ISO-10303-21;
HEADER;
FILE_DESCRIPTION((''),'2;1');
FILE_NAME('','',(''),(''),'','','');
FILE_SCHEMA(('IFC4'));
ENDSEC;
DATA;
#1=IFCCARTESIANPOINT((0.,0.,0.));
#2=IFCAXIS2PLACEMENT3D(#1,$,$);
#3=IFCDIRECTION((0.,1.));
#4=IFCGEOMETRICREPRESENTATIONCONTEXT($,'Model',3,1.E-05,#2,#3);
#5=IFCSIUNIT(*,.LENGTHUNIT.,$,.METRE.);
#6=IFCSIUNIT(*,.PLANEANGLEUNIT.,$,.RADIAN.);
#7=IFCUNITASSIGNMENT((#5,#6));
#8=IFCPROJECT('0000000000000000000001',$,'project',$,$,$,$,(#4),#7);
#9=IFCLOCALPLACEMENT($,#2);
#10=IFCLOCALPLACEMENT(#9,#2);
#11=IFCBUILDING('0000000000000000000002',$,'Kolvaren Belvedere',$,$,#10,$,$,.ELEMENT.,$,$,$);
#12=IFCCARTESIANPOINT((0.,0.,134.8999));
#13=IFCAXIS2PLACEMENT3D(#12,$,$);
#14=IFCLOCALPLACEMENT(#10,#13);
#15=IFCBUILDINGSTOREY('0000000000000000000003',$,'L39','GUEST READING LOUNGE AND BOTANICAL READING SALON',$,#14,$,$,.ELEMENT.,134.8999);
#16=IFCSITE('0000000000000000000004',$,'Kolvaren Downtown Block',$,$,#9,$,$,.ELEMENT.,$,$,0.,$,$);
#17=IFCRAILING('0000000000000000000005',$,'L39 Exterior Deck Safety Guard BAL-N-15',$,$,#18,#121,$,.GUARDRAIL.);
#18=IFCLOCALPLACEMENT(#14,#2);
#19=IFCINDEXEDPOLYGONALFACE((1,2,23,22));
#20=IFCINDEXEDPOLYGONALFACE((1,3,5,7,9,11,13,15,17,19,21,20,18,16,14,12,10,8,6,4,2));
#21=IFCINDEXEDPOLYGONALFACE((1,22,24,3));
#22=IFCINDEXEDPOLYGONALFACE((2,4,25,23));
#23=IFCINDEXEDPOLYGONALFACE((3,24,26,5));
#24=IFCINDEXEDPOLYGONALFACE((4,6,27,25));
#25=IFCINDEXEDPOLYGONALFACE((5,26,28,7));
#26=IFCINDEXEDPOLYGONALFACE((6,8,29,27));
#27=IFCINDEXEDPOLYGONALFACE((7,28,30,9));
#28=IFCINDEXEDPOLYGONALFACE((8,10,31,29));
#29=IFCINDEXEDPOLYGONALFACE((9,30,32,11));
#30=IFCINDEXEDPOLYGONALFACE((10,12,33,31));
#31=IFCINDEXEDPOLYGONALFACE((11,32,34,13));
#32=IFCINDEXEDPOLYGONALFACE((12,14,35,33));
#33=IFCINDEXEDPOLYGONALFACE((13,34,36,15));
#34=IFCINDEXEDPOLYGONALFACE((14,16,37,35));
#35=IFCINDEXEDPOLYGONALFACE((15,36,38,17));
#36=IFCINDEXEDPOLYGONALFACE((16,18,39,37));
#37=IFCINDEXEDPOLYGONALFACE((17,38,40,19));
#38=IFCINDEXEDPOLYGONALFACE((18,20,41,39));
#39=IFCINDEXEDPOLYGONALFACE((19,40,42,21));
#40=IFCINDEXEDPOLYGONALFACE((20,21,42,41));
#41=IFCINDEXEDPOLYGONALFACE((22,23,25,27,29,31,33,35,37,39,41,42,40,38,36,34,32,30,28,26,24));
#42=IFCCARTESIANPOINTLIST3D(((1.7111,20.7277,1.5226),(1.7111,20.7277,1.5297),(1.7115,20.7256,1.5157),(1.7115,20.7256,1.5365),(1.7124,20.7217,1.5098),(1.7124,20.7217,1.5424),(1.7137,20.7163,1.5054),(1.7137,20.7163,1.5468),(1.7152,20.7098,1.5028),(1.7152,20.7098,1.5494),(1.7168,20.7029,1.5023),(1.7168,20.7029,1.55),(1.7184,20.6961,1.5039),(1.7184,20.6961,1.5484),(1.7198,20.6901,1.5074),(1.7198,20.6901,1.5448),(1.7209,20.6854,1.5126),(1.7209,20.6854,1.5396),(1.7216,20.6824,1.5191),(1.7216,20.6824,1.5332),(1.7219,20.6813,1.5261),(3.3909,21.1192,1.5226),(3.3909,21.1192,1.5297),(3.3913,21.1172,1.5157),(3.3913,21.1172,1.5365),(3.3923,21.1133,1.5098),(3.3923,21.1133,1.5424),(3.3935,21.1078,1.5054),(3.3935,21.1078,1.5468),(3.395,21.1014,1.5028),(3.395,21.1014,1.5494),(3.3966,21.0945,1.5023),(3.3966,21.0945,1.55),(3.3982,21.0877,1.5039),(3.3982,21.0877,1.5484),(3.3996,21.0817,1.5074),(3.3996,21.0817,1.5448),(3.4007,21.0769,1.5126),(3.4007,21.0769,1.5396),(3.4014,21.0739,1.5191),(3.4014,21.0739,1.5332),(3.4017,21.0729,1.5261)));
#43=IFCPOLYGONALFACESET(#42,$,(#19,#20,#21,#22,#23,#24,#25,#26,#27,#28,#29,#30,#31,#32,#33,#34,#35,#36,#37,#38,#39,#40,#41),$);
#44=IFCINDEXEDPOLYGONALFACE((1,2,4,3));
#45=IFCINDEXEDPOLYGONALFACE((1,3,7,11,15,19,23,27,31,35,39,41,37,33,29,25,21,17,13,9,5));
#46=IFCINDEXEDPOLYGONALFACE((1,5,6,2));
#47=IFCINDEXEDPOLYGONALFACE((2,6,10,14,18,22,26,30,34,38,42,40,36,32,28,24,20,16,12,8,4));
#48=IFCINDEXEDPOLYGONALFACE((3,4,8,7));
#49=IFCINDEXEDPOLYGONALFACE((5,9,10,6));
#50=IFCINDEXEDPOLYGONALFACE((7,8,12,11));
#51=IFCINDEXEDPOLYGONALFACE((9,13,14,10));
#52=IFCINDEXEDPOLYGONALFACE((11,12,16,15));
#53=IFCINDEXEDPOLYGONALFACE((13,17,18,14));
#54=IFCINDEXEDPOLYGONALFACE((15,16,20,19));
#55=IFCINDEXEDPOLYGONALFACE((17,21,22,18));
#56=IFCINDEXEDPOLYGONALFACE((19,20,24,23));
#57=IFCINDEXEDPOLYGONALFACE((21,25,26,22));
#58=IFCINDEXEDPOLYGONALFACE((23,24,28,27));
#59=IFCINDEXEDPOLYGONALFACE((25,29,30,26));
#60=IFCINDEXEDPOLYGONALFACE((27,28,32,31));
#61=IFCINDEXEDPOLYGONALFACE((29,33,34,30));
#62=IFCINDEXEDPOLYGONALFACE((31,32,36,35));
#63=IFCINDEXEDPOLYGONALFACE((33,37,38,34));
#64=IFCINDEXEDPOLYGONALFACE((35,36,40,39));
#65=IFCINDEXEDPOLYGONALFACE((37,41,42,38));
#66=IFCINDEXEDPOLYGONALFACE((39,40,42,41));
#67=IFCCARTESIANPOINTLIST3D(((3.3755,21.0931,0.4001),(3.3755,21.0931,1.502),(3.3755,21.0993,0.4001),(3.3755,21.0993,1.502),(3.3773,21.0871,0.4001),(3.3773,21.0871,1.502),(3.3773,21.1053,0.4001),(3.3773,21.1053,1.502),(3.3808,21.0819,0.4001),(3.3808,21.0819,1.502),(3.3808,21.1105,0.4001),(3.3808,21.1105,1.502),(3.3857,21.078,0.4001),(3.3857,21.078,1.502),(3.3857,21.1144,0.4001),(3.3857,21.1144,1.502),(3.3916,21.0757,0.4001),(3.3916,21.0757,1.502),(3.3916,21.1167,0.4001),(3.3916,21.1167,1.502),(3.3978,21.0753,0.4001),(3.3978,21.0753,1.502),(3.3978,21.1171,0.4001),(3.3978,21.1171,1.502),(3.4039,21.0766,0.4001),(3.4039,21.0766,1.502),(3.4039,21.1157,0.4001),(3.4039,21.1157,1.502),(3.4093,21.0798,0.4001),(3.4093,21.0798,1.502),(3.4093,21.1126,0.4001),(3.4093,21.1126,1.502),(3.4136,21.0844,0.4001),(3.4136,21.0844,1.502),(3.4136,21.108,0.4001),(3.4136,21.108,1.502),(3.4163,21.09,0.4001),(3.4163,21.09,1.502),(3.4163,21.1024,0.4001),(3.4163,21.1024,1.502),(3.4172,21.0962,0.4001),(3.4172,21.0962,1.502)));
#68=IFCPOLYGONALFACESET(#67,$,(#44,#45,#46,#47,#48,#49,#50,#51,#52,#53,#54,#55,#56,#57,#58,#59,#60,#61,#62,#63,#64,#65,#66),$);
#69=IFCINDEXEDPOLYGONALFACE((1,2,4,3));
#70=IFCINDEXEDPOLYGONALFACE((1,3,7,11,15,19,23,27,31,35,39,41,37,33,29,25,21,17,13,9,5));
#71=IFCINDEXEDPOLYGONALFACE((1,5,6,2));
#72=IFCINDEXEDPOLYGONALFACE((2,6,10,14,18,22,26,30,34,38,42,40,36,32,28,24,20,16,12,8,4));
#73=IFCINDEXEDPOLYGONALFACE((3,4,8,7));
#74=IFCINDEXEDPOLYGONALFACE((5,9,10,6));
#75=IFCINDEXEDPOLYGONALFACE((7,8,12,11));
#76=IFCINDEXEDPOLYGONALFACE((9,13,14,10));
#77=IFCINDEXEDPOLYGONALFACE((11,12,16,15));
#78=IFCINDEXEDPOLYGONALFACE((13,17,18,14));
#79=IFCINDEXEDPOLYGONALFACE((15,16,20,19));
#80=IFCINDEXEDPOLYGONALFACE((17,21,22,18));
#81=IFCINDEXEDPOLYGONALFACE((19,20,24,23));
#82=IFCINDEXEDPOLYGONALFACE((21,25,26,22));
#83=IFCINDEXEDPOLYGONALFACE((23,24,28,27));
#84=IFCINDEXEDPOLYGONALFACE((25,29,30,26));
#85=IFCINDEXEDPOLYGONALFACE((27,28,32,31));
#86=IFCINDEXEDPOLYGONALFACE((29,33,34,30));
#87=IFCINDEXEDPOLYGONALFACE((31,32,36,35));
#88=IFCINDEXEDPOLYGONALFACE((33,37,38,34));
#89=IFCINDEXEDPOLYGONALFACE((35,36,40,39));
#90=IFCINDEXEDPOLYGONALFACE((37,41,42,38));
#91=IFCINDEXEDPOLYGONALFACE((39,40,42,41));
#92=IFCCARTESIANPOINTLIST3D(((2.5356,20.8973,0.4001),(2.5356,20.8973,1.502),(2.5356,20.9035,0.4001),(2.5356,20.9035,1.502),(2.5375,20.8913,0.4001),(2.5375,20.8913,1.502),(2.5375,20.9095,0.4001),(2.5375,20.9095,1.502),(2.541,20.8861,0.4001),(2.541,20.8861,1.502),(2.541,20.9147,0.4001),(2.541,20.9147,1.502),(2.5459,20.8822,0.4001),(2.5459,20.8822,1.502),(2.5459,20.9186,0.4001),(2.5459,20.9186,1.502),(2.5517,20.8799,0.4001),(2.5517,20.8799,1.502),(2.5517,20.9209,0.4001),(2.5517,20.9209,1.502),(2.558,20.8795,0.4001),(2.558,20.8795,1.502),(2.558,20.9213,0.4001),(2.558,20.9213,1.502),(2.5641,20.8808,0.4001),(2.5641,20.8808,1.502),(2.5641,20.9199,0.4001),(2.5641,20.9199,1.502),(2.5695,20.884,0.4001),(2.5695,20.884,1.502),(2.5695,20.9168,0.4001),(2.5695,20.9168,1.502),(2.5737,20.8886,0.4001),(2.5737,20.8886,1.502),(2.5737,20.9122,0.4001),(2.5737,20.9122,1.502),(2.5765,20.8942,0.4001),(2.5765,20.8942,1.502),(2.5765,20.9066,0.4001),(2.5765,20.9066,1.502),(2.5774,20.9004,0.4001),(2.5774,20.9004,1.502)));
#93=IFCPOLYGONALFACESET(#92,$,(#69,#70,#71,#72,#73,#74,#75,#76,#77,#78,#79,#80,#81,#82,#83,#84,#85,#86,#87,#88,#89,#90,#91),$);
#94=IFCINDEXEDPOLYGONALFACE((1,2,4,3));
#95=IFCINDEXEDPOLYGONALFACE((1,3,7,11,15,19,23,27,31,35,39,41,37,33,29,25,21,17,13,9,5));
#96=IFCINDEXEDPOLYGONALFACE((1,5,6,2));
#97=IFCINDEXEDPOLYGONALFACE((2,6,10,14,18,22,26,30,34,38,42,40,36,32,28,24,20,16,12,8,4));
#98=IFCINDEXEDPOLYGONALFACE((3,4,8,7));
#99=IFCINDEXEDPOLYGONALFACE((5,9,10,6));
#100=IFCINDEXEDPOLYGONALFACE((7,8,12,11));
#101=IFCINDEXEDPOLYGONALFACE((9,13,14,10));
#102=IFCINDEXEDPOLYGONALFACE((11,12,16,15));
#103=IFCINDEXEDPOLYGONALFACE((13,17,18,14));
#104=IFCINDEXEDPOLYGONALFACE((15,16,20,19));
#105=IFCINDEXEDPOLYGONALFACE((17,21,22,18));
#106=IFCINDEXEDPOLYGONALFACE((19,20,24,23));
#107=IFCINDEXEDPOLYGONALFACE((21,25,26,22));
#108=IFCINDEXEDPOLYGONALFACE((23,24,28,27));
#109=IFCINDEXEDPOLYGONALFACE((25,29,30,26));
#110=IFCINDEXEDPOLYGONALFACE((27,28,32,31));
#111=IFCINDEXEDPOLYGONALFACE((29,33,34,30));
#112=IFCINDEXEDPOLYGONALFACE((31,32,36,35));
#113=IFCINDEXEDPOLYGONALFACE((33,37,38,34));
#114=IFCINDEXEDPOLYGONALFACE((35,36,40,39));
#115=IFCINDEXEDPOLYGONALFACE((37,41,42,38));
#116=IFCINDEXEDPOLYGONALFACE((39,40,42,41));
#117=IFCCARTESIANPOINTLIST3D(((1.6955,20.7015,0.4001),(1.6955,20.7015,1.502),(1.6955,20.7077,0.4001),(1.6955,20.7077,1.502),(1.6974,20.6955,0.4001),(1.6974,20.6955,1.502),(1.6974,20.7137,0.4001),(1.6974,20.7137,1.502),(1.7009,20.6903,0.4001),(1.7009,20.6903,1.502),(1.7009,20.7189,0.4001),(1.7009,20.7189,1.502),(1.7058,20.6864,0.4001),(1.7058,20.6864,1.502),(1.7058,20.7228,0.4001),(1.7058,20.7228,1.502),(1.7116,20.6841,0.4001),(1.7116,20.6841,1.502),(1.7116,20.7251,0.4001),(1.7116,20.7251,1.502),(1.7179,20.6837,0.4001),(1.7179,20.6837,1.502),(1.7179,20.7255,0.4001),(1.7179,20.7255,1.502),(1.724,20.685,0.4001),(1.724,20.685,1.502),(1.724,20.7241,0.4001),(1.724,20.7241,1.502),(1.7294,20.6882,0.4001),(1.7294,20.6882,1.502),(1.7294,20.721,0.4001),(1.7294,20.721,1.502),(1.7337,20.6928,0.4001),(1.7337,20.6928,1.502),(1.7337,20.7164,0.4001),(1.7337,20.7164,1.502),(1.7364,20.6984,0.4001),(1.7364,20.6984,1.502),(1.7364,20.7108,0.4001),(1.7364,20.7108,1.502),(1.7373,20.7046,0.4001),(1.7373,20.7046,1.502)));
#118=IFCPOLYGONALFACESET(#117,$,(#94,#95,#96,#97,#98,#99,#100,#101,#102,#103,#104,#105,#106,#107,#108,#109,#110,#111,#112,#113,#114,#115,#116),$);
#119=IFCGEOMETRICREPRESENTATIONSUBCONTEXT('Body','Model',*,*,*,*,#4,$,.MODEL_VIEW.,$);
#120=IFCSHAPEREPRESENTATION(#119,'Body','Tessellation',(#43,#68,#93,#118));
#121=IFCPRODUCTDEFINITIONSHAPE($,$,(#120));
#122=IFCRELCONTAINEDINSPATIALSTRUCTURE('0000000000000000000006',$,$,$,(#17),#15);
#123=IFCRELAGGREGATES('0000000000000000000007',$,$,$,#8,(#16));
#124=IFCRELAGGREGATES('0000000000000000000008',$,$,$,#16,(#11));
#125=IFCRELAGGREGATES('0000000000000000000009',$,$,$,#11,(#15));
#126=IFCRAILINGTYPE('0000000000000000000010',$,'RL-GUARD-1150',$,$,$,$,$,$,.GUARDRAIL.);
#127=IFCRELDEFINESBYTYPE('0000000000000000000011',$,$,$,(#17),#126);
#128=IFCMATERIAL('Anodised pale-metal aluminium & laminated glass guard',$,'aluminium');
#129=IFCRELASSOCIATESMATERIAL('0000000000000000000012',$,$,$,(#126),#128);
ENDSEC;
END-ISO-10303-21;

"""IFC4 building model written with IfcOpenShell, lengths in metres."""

from ifc_helpers import new_model, si_unit, direction, frame, origin, origin_2d, place, context, subcontext, project, spatial, circle, extrude, material, type_object, element, save


model = new_model("IFC4")

# Units and contexts
model_context = context("Model", 3, precision=1e-05, world=origin(), true_north=direction((0.0, 1.0)))
body_context = subcontext(model_context, "Body", "Model", "MODEL_VIEW")
ifc_project = project(units=[si_unit("LENGTHUNIT", "METRE"), si_unit("PLANEANGLEUNIT", "RADIAN")], contexts=[model_context])

# Site, building, storey
site_placement = place(None, origin())
site = spatial("IfcSite", under=ifc_project, at=site_placement, Name="Kolvaren Downtown Block", CompositionType="ELEMENT", RefElevation=0.0)
building_placement = place(site_placement, origin())
building = spatial("IfcBuilding", under=site, at=building_placement, Name="Kolvaren Belvedere", CompositionType="ELEMENT")
storey_placement = place(building_placement, frame((0.0, 0.0, 134.8999)))
storey = spatial("IfcBuildingStorey", under=building, at=storey_placement, Name="L39", Description="GUEST READING LOUNGE AND BOTANICAL READING SALON", CompositionType="ELEMENT", Elevation=134.8999)

# Railing
ifc_material_1 = material(Name="Anodised pale-metal aluminium & laminated glass guard", Category="aluminium")
railing_type = type_object("IfcRailingType", Name="RL-GUARD-1150", PredefinedType="GUARDRAIL", material=ifc_material_1)
railing_1_placement = place(storey_placement, frame((3.3962, 21.0962, 0.4001)))
element("IfcRailing", 1, at=railing_1_placement, inside=storey, type_object=railing_type, Name="L39 Exterior Deck Safety Guard BAL-N-15", PredefinedType="GUARDRAIL", context=body_context, shape_type="SweptSolid", body=[
    extrude(circle(Radius=0.0239, at=origin_2d()), frame((0.0, 0.0, 1.126), z_axis=(-0.97389, -0.227019, 0.0), x_axis=(0.227019, -0.97389, 0.0)), (0.0, 0.0, 1.0), 1.7249),
    extrude(circle(Radius=0.021, at=origin_2d()), origin(), (0.0, 0.0, 1.0), 1.1018),
    extrude(circle(Radius=0.021, at=origin_2d()), frame((-0.8398, -0.1958, 0.0)), (0.0, 0.0, 1.0), 1.1018),
    extrude(circle(Radius=0.021, at=origin_2d()), frame((-1.6799, -0.3916, 0.0)), (0.0, 0.0, 1.0), 1.1018),
])

save(model, "model.ifc")
